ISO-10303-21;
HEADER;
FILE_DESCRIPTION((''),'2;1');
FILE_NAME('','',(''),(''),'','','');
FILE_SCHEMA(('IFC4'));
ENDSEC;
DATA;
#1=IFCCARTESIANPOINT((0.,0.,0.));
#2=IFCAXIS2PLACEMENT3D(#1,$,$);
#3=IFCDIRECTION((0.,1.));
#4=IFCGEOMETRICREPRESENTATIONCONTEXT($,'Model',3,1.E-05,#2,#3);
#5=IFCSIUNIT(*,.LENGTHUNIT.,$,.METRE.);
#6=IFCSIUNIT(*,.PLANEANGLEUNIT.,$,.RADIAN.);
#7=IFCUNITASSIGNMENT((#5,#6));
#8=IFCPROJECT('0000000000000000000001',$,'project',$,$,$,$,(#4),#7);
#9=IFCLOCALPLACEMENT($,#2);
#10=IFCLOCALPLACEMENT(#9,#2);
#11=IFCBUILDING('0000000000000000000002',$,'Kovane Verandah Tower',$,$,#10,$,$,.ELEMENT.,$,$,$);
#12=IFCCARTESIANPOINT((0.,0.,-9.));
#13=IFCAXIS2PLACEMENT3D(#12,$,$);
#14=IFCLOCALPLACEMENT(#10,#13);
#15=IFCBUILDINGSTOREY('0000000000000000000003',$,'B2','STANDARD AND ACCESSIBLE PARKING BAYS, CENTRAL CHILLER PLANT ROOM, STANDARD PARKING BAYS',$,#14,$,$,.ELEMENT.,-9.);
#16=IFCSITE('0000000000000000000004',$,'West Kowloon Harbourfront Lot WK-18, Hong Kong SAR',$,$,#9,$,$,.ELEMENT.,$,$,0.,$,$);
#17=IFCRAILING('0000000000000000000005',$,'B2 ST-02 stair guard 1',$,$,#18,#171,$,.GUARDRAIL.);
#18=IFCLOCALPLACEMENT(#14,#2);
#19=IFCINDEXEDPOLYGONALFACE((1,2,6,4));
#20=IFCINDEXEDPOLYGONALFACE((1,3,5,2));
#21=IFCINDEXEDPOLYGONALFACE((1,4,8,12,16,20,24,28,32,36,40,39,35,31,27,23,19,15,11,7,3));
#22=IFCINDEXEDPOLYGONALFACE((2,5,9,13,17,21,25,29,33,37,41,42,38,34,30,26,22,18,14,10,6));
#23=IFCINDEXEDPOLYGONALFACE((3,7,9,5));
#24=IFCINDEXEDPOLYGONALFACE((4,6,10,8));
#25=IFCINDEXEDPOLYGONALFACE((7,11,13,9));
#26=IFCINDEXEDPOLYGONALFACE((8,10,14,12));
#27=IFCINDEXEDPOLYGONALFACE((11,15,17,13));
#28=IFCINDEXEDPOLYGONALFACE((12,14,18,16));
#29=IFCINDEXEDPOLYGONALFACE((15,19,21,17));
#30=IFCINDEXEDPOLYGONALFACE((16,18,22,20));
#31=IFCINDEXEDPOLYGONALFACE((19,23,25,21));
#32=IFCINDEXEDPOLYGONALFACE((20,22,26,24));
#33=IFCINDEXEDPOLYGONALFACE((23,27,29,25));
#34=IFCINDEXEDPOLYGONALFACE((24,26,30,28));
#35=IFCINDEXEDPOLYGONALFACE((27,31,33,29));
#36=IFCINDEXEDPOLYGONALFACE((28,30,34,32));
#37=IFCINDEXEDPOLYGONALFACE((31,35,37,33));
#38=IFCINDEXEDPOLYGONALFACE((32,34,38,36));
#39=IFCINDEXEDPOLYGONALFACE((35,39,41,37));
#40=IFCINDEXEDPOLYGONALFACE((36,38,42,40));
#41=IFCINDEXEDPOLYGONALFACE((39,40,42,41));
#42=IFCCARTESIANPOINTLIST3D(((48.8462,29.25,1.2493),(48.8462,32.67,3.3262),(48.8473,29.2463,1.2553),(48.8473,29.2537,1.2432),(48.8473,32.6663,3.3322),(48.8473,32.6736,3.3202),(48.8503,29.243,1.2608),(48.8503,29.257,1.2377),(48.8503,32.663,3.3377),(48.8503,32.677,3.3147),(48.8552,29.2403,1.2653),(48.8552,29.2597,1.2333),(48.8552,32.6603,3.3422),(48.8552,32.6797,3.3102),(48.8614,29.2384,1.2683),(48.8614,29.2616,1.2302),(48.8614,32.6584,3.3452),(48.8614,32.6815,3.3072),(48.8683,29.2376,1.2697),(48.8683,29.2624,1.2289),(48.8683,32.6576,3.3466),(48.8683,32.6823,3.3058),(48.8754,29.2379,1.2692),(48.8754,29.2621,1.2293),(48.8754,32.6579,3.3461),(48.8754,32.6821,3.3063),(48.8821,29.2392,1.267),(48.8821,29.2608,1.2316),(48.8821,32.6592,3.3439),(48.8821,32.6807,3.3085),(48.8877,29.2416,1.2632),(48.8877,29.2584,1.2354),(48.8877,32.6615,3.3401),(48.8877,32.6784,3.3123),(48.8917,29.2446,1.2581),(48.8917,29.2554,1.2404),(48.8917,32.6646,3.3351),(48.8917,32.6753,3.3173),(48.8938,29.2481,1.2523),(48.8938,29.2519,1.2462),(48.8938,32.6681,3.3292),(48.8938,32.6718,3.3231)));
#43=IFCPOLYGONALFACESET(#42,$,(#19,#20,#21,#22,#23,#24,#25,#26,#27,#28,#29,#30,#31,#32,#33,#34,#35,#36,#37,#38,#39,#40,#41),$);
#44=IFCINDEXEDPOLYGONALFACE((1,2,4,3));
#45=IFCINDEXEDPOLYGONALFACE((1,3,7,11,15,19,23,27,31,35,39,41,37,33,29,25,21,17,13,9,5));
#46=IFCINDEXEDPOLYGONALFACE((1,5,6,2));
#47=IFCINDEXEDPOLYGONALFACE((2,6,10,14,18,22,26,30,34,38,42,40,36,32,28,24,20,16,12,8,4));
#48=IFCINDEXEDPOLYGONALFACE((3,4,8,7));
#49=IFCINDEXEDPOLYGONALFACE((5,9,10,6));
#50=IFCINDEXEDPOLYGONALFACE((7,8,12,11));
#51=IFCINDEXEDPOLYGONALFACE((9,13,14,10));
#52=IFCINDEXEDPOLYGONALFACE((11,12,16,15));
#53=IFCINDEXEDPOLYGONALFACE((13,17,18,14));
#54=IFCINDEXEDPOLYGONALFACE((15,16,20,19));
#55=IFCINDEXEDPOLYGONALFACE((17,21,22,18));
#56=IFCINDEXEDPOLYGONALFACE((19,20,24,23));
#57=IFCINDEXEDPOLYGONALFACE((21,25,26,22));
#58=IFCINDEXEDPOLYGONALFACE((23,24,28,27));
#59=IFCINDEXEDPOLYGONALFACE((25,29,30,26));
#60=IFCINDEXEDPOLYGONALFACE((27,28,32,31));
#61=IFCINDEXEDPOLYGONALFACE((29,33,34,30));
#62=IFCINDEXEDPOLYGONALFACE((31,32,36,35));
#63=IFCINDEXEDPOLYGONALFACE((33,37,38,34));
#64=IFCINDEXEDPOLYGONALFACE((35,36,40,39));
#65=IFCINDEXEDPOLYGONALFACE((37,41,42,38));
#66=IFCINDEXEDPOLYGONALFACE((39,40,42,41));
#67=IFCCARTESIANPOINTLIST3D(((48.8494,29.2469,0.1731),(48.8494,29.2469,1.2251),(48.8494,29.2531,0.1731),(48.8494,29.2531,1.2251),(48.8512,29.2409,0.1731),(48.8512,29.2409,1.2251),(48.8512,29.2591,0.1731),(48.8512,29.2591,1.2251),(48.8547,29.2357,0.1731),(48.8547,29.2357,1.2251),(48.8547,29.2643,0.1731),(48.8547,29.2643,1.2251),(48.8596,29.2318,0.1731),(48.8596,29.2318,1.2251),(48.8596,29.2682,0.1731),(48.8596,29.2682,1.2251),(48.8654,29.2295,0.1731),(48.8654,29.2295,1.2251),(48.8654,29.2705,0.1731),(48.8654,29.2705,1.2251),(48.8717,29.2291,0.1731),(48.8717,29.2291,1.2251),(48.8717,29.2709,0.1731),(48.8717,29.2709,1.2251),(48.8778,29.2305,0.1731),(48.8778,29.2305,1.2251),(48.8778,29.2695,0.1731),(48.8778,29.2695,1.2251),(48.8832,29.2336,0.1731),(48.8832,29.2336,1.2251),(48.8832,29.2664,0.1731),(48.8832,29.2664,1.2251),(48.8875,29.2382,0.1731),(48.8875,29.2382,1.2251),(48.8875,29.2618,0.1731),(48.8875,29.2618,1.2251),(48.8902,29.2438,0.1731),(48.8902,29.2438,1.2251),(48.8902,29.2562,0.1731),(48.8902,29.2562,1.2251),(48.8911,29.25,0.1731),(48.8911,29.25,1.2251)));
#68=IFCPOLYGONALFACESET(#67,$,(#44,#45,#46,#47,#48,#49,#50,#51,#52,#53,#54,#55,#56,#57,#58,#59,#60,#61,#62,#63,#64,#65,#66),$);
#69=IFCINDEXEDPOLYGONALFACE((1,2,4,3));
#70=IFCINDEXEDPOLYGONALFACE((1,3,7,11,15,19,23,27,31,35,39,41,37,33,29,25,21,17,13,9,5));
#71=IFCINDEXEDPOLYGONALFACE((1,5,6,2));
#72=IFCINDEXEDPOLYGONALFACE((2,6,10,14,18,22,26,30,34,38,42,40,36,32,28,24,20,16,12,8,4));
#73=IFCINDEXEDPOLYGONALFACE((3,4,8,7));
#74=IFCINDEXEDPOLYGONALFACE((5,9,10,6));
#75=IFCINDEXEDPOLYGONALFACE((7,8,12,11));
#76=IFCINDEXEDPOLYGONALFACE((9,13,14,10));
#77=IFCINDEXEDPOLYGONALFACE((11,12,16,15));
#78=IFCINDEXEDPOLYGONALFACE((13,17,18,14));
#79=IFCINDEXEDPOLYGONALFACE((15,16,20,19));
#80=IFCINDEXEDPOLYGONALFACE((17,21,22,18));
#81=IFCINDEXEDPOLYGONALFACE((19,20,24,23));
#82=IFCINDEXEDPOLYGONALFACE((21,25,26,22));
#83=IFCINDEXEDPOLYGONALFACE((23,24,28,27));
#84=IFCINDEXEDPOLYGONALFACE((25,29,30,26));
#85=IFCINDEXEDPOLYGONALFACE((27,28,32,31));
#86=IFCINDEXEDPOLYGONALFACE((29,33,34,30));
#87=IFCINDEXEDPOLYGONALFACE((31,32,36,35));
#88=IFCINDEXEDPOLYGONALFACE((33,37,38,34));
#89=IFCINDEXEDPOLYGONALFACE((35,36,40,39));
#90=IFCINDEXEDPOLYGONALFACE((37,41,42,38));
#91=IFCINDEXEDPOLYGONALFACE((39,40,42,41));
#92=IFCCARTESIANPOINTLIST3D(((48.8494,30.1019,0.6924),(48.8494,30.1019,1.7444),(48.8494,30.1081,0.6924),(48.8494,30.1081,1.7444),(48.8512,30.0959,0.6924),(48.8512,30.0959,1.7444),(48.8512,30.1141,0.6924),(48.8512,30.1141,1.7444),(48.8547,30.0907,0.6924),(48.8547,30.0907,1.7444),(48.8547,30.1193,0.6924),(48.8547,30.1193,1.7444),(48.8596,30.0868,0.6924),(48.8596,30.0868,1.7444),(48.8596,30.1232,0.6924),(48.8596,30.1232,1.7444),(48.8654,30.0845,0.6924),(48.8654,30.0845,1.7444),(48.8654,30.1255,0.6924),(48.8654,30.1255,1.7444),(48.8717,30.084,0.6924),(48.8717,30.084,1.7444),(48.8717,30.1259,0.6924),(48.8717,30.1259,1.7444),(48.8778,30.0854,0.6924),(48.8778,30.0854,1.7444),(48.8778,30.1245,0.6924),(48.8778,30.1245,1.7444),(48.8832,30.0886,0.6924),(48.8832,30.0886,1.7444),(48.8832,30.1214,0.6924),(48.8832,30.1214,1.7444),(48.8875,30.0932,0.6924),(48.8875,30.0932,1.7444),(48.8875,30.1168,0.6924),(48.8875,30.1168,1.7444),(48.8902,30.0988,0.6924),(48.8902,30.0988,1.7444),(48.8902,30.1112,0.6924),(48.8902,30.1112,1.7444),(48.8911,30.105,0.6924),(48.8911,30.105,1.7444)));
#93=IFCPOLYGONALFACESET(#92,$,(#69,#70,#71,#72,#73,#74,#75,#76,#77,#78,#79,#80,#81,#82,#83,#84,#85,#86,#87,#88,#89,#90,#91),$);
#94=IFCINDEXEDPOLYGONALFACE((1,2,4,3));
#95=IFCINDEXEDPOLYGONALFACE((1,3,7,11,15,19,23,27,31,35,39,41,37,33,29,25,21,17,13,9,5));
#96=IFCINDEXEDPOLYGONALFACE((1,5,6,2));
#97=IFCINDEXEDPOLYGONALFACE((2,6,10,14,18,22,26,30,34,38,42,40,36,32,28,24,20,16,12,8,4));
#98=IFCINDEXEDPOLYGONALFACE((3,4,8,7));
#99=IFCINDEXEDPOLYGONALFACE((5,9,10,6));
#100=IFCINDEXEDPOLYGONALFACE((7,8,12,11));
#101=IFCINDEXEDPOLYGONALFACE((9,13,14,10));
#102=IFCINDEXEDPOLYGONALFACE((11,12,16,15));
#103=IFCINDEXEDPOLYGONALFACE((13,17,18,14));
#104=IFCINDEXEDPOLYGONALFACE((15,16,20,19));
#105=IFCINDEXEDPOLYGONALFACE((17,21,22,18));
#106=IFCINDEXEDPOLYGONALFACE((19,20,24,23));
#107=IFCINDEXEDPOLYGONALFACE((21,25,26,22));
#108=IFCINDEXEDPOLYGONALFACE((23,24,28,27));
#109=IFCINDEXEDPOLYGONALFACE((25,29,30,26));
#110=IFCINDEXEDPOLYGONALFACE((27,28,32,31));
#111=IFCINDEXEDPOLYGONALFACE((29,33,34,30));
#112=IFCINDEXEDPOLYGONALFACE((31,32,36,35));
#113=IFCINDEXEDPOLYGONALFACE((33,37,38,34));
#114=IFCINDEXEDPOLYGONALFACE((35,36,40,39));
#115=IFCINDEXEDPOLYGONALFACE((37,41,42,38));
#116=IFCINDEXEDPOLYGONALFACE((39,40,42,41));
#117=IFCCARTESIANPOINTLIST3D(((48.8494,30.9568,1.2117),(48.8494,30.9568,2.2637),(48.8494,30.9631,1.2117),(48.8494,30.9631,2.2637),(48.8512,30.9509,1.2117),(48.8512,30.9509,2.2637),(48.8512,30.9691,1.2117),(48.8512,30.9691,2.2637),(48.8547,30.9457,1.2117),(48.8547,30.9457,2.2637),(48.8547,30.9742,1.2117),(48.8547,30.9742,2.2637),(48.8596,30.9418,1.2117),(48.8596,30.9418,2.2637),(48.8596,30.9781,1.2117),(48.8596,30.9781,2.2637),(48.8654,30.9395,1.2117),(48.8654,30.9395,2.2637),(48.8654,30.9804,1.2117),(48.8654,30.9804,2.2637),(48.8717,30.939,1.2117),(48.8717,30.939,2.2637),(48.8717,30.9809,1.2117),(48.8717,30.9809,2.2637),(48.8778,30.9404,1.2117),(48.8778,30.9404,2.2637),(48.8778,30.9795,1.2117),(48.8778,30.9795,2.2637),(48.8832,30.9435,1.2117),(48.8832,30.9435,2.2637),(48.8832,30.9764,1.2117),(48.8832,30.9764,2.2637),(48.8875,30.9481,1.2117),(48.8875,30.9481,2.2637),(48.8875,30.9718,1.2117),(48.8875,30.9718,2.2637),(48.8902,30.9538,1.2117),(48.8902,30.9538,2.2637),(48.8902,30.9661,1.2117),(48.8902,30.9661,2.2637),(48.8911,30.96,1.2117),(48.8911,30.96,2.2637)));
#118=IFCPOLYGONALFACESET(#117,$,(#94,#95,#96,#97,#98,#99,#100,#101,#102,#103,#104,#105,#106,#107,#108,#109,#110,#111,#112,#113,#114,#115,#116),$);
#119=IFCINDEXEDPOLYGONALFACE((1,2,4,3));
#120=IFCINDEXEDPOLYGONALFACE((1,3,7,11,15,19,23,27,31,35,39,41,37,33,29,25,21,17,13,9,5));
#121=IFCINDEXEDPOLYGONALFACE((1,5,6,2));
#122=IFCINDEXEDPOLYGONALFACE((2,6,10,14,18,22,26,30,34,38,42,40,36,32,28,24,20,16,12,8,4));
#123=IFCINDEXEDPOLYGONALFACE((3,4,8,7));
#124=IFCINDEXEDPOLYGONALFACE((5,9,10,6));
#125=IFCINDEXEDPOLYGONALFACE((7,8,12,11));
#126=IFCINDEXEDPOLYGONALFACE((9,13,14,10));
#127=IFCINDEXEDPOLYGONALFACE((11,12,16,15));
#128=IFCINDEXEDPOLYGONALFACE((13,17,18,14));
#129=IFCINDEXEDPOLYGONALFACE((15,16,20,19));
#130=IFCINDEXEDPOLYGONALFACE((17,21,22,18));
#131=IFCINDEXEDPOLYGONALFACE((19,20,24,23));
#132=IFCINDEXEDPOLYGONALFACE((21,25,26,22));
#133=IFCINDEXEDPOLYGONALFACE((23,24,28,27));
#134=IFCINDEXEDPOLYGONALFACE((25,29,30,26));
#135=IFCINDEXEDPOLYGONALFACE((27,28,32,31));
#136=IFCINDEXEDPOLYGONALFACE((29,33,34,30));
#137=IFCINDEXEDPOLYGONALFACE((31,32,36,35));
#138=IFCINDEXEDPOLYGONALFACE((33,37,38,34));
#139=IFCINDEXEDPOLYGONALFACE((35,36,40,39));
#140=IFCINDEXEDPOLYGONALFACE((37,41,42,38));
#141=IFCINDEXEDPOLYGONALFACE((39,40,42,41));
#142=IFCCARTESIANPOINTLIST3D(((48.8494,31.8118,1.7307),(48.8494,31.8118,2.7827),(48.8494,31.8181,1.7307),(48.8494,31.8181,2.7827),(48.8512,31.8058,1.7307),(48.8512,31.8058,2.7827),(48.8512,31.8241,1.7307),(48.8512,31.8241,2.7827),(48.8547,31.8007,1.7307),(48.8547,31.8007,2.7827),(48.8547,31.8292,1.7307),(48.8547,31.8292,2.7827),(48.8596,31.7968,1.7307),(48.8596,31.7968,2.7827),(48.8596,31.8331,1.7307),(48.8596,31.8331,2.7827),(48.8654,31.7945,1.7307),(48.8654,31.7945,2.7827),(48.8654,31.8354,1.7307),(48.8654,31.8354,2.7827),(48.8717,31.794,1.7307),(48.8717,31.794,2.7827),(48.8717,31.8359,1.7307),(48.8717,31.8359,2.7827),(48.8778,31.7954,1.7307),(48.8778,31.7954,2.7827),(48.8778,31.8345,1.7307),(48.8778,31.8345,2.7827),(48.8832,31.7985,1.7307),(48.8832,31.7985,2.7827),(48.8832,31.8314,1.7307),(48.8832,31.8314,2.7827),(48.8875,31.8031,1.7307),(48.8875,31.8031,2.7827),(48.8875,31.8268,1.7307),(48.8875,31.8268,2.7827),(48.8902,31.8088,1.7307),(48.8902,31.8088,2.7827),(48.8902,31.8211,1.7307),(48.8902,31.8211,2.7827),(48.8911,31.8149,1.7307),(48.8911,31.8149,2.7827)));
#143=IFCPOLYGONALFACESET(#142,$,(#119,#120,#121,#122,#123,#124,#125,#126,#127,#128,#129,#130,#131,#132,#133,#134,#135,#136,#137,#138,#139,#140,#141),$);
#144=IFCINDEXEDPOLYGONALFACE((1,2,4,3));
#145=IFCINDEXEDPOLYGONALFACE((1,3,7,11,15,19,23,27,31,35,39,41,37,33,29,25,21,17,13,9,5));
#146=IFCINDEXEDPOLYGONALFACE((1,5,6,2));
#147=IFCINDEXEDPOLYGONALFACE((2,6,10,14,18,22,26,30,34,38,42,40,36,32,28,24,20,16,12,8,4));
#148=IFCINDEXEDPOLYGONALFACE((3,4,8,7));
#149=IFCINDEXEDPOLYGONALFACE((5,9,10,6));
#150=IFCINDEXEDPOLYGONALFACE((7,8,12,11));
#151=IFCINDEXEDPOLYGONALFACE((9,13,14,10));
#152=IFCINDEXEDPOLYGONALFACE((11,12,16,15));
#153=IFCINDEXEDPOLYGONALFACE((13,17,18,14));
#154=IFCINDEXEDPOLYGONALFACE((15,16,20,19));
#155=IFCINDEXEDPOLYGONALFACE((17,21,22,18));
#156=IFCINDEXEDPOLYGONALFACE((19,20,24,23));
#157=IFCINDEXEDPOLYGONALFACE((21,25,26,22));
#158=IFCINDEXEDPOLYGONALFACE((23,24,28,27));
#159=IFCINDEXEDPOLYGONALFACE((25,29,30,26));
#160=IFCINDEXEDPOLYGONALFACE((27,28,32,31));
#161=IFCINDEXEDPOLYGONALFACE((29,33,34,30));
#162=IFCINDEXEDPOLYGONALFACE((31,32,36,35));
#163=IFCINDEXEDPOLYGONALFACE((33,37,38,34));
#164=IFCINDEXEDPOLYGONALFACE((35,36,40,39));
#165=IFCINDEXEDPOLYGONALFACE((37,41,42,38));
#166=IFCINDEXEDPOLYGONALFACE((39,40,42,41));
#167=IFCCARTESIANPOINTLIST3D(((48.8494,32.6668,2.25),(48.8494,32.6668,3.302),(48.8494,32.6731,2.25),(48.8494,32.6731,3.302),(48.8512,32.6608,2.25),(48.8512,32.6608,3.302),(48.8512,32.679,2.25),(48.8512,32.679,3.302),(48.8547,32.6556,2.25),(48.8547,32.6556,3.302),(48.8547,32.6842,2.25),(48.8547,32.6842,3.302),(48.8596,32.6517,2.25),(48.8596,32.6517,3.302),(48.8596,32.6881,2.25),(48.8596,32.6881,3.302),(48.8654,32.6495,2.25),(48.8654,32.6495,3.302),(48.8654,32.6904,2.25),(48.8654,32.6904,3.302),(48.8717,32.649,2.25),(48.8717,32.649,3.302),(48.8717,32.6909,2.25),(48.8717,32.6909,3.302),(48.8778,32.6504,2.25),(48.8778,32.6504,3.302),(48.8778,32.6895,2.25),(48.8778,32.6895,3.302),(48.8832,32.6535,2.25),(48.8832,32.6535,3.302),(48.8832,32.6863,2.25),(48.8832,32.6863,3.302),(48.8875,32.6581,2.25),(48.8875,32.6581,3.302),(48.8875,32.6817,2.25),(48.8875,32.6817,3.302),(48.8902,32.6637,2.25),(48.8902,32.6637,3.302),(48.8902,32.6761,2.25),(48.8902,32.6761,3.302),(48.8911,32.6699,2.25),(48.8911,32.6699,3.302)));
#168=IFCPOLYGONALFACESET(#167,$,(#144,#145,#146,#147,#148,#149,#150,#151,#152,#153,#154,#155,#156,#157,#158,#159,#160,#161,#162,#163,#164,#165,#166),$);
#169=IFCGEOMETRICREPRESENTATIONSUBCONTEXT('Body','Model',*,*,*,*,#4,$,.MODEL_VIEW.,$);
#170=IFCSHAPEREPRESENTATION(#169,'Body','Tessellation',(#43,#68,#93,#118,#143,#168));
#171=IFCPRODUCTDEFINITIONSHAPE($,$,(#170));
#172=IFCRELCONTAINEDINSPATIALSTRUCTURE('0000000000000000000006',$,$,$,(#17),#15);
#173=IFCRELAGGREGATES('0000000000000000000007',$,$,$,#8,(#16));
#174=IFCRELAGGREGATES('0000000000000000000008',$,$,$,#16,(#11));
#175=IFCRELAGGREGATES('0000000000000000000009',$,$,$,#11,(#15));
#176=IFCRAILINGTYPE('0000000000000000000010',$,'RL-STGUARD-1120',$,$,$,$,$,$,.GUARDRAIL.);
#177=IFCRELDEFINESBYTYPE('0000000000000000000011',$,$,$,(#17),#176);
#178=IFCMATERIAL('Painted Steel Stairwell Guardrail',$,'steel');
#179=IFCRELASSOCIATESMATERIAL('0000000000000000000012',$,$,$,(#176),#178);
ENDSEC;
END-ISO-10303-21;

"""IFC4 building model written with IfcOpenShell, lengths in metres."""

from ifc_helpers import new_model, si_unit, direction, frame, origin, origin_2d, place, context, subcontext, project, spatial, circle, extrude, material, type_object, element, save


model = new_model("IFC4")

# Units and contexts
model_context = context("Model", 3, precision=1e-05, world=origin(), true_north=direction((0.0, 1.0)))
body_context = subcontext(model_context, "Body", "Model", "MODEL_VIEW")
ifc_project = project(units=[si_unit("LENGTHUNIT", "METRE"), si_unit("PLANEANGLEUNIT", "RADIAN")], contexts=[model_context])

# Site, building, storey
site_placement = place(None, origin())
site = spatial("IfcSite", under=ifc_project, at=site_placement, Name="West Kowloon Harbourfront Lot WK-18, Hong Kong SAR", CompositionType="ELEMENT", RefElevation=0.0)
building_placement = place(site_placement, origin())
building = spatial("IfcBuilding", under=site, at=building_placement, Name="Kovane Verandah Tower", CompositionType="ELEMENT")
storey_placement = place(building_placement, frame((0.0, 0.0, -9.0)))
storey = spatial("IfcBuildingStorey", under=building, at=storey_placement, Name="B2", Description="STANDARD AND ACCESSIBLE PARKING BAYS, CENTRAL CHILLER PLANT ROOM, STANDARD PARKING BAYS", CompositionType="ELEMENT", Elevation=-9.0)

# Railing
ifc_material_1 = material(Name="Painted Steel Stairwell Guardrail", Category="steel")
railing_type_1 = type_object("IfcRailingType", Name="RL-STGUARD-1120", PredefinedType="GUARDRAIL", material=ifc_material_1)
railing_1_placement = place(storey_placement, frame((48.8701, 29.25, 0.1731)))
element("IfcRailing", 1, at=railing_1_placement, inside=storey, type_object=railing_type_1, Name="B2 ST-02 stair guard 1", PredefinedType="GUARDRAIL", context=body_context, shape_type="SweptSolid", body=[
    extrude(circle(Radius=0.0239, at=origin_2d()), frame((0.0, 0.0, 1.0762), z_axis=(0.0, 0.85473, 0.519074), x_axis=(-1.0, 0.0, 0.0)), (0.0, 0.0, 1.0), 4.0012),
    extrude(circle(Radius=0.021, at=origin_2d()), origin(), (0.0, 0.0, 1.0), 1.052),
    extrude(circle(Radius=0.021, at=origin_2d()), frame((0.0, 0.855, 0.5193)), (0.0, 0.0, 1.0), 1.052),
    extrude(circle(Radius=0.021, at=origin_2d()), frame((0.0, 1.71, 1.0386)), (0.0, 0.0, 1.0), 1.052),
    extrude(circle(Radius=0.021, at=origin_2d()), frame((0.0, 2.5649, 1.5576)), (0.0, 0.0, 1.0), 1.052),
    extrude(circle(Radius=0.021, at=origin_2d()), frame((0.0, 3.4199, 2.0769)), (0.0, 0.0, 1.0), 1.052),
])

save(model, "model.ifc")
